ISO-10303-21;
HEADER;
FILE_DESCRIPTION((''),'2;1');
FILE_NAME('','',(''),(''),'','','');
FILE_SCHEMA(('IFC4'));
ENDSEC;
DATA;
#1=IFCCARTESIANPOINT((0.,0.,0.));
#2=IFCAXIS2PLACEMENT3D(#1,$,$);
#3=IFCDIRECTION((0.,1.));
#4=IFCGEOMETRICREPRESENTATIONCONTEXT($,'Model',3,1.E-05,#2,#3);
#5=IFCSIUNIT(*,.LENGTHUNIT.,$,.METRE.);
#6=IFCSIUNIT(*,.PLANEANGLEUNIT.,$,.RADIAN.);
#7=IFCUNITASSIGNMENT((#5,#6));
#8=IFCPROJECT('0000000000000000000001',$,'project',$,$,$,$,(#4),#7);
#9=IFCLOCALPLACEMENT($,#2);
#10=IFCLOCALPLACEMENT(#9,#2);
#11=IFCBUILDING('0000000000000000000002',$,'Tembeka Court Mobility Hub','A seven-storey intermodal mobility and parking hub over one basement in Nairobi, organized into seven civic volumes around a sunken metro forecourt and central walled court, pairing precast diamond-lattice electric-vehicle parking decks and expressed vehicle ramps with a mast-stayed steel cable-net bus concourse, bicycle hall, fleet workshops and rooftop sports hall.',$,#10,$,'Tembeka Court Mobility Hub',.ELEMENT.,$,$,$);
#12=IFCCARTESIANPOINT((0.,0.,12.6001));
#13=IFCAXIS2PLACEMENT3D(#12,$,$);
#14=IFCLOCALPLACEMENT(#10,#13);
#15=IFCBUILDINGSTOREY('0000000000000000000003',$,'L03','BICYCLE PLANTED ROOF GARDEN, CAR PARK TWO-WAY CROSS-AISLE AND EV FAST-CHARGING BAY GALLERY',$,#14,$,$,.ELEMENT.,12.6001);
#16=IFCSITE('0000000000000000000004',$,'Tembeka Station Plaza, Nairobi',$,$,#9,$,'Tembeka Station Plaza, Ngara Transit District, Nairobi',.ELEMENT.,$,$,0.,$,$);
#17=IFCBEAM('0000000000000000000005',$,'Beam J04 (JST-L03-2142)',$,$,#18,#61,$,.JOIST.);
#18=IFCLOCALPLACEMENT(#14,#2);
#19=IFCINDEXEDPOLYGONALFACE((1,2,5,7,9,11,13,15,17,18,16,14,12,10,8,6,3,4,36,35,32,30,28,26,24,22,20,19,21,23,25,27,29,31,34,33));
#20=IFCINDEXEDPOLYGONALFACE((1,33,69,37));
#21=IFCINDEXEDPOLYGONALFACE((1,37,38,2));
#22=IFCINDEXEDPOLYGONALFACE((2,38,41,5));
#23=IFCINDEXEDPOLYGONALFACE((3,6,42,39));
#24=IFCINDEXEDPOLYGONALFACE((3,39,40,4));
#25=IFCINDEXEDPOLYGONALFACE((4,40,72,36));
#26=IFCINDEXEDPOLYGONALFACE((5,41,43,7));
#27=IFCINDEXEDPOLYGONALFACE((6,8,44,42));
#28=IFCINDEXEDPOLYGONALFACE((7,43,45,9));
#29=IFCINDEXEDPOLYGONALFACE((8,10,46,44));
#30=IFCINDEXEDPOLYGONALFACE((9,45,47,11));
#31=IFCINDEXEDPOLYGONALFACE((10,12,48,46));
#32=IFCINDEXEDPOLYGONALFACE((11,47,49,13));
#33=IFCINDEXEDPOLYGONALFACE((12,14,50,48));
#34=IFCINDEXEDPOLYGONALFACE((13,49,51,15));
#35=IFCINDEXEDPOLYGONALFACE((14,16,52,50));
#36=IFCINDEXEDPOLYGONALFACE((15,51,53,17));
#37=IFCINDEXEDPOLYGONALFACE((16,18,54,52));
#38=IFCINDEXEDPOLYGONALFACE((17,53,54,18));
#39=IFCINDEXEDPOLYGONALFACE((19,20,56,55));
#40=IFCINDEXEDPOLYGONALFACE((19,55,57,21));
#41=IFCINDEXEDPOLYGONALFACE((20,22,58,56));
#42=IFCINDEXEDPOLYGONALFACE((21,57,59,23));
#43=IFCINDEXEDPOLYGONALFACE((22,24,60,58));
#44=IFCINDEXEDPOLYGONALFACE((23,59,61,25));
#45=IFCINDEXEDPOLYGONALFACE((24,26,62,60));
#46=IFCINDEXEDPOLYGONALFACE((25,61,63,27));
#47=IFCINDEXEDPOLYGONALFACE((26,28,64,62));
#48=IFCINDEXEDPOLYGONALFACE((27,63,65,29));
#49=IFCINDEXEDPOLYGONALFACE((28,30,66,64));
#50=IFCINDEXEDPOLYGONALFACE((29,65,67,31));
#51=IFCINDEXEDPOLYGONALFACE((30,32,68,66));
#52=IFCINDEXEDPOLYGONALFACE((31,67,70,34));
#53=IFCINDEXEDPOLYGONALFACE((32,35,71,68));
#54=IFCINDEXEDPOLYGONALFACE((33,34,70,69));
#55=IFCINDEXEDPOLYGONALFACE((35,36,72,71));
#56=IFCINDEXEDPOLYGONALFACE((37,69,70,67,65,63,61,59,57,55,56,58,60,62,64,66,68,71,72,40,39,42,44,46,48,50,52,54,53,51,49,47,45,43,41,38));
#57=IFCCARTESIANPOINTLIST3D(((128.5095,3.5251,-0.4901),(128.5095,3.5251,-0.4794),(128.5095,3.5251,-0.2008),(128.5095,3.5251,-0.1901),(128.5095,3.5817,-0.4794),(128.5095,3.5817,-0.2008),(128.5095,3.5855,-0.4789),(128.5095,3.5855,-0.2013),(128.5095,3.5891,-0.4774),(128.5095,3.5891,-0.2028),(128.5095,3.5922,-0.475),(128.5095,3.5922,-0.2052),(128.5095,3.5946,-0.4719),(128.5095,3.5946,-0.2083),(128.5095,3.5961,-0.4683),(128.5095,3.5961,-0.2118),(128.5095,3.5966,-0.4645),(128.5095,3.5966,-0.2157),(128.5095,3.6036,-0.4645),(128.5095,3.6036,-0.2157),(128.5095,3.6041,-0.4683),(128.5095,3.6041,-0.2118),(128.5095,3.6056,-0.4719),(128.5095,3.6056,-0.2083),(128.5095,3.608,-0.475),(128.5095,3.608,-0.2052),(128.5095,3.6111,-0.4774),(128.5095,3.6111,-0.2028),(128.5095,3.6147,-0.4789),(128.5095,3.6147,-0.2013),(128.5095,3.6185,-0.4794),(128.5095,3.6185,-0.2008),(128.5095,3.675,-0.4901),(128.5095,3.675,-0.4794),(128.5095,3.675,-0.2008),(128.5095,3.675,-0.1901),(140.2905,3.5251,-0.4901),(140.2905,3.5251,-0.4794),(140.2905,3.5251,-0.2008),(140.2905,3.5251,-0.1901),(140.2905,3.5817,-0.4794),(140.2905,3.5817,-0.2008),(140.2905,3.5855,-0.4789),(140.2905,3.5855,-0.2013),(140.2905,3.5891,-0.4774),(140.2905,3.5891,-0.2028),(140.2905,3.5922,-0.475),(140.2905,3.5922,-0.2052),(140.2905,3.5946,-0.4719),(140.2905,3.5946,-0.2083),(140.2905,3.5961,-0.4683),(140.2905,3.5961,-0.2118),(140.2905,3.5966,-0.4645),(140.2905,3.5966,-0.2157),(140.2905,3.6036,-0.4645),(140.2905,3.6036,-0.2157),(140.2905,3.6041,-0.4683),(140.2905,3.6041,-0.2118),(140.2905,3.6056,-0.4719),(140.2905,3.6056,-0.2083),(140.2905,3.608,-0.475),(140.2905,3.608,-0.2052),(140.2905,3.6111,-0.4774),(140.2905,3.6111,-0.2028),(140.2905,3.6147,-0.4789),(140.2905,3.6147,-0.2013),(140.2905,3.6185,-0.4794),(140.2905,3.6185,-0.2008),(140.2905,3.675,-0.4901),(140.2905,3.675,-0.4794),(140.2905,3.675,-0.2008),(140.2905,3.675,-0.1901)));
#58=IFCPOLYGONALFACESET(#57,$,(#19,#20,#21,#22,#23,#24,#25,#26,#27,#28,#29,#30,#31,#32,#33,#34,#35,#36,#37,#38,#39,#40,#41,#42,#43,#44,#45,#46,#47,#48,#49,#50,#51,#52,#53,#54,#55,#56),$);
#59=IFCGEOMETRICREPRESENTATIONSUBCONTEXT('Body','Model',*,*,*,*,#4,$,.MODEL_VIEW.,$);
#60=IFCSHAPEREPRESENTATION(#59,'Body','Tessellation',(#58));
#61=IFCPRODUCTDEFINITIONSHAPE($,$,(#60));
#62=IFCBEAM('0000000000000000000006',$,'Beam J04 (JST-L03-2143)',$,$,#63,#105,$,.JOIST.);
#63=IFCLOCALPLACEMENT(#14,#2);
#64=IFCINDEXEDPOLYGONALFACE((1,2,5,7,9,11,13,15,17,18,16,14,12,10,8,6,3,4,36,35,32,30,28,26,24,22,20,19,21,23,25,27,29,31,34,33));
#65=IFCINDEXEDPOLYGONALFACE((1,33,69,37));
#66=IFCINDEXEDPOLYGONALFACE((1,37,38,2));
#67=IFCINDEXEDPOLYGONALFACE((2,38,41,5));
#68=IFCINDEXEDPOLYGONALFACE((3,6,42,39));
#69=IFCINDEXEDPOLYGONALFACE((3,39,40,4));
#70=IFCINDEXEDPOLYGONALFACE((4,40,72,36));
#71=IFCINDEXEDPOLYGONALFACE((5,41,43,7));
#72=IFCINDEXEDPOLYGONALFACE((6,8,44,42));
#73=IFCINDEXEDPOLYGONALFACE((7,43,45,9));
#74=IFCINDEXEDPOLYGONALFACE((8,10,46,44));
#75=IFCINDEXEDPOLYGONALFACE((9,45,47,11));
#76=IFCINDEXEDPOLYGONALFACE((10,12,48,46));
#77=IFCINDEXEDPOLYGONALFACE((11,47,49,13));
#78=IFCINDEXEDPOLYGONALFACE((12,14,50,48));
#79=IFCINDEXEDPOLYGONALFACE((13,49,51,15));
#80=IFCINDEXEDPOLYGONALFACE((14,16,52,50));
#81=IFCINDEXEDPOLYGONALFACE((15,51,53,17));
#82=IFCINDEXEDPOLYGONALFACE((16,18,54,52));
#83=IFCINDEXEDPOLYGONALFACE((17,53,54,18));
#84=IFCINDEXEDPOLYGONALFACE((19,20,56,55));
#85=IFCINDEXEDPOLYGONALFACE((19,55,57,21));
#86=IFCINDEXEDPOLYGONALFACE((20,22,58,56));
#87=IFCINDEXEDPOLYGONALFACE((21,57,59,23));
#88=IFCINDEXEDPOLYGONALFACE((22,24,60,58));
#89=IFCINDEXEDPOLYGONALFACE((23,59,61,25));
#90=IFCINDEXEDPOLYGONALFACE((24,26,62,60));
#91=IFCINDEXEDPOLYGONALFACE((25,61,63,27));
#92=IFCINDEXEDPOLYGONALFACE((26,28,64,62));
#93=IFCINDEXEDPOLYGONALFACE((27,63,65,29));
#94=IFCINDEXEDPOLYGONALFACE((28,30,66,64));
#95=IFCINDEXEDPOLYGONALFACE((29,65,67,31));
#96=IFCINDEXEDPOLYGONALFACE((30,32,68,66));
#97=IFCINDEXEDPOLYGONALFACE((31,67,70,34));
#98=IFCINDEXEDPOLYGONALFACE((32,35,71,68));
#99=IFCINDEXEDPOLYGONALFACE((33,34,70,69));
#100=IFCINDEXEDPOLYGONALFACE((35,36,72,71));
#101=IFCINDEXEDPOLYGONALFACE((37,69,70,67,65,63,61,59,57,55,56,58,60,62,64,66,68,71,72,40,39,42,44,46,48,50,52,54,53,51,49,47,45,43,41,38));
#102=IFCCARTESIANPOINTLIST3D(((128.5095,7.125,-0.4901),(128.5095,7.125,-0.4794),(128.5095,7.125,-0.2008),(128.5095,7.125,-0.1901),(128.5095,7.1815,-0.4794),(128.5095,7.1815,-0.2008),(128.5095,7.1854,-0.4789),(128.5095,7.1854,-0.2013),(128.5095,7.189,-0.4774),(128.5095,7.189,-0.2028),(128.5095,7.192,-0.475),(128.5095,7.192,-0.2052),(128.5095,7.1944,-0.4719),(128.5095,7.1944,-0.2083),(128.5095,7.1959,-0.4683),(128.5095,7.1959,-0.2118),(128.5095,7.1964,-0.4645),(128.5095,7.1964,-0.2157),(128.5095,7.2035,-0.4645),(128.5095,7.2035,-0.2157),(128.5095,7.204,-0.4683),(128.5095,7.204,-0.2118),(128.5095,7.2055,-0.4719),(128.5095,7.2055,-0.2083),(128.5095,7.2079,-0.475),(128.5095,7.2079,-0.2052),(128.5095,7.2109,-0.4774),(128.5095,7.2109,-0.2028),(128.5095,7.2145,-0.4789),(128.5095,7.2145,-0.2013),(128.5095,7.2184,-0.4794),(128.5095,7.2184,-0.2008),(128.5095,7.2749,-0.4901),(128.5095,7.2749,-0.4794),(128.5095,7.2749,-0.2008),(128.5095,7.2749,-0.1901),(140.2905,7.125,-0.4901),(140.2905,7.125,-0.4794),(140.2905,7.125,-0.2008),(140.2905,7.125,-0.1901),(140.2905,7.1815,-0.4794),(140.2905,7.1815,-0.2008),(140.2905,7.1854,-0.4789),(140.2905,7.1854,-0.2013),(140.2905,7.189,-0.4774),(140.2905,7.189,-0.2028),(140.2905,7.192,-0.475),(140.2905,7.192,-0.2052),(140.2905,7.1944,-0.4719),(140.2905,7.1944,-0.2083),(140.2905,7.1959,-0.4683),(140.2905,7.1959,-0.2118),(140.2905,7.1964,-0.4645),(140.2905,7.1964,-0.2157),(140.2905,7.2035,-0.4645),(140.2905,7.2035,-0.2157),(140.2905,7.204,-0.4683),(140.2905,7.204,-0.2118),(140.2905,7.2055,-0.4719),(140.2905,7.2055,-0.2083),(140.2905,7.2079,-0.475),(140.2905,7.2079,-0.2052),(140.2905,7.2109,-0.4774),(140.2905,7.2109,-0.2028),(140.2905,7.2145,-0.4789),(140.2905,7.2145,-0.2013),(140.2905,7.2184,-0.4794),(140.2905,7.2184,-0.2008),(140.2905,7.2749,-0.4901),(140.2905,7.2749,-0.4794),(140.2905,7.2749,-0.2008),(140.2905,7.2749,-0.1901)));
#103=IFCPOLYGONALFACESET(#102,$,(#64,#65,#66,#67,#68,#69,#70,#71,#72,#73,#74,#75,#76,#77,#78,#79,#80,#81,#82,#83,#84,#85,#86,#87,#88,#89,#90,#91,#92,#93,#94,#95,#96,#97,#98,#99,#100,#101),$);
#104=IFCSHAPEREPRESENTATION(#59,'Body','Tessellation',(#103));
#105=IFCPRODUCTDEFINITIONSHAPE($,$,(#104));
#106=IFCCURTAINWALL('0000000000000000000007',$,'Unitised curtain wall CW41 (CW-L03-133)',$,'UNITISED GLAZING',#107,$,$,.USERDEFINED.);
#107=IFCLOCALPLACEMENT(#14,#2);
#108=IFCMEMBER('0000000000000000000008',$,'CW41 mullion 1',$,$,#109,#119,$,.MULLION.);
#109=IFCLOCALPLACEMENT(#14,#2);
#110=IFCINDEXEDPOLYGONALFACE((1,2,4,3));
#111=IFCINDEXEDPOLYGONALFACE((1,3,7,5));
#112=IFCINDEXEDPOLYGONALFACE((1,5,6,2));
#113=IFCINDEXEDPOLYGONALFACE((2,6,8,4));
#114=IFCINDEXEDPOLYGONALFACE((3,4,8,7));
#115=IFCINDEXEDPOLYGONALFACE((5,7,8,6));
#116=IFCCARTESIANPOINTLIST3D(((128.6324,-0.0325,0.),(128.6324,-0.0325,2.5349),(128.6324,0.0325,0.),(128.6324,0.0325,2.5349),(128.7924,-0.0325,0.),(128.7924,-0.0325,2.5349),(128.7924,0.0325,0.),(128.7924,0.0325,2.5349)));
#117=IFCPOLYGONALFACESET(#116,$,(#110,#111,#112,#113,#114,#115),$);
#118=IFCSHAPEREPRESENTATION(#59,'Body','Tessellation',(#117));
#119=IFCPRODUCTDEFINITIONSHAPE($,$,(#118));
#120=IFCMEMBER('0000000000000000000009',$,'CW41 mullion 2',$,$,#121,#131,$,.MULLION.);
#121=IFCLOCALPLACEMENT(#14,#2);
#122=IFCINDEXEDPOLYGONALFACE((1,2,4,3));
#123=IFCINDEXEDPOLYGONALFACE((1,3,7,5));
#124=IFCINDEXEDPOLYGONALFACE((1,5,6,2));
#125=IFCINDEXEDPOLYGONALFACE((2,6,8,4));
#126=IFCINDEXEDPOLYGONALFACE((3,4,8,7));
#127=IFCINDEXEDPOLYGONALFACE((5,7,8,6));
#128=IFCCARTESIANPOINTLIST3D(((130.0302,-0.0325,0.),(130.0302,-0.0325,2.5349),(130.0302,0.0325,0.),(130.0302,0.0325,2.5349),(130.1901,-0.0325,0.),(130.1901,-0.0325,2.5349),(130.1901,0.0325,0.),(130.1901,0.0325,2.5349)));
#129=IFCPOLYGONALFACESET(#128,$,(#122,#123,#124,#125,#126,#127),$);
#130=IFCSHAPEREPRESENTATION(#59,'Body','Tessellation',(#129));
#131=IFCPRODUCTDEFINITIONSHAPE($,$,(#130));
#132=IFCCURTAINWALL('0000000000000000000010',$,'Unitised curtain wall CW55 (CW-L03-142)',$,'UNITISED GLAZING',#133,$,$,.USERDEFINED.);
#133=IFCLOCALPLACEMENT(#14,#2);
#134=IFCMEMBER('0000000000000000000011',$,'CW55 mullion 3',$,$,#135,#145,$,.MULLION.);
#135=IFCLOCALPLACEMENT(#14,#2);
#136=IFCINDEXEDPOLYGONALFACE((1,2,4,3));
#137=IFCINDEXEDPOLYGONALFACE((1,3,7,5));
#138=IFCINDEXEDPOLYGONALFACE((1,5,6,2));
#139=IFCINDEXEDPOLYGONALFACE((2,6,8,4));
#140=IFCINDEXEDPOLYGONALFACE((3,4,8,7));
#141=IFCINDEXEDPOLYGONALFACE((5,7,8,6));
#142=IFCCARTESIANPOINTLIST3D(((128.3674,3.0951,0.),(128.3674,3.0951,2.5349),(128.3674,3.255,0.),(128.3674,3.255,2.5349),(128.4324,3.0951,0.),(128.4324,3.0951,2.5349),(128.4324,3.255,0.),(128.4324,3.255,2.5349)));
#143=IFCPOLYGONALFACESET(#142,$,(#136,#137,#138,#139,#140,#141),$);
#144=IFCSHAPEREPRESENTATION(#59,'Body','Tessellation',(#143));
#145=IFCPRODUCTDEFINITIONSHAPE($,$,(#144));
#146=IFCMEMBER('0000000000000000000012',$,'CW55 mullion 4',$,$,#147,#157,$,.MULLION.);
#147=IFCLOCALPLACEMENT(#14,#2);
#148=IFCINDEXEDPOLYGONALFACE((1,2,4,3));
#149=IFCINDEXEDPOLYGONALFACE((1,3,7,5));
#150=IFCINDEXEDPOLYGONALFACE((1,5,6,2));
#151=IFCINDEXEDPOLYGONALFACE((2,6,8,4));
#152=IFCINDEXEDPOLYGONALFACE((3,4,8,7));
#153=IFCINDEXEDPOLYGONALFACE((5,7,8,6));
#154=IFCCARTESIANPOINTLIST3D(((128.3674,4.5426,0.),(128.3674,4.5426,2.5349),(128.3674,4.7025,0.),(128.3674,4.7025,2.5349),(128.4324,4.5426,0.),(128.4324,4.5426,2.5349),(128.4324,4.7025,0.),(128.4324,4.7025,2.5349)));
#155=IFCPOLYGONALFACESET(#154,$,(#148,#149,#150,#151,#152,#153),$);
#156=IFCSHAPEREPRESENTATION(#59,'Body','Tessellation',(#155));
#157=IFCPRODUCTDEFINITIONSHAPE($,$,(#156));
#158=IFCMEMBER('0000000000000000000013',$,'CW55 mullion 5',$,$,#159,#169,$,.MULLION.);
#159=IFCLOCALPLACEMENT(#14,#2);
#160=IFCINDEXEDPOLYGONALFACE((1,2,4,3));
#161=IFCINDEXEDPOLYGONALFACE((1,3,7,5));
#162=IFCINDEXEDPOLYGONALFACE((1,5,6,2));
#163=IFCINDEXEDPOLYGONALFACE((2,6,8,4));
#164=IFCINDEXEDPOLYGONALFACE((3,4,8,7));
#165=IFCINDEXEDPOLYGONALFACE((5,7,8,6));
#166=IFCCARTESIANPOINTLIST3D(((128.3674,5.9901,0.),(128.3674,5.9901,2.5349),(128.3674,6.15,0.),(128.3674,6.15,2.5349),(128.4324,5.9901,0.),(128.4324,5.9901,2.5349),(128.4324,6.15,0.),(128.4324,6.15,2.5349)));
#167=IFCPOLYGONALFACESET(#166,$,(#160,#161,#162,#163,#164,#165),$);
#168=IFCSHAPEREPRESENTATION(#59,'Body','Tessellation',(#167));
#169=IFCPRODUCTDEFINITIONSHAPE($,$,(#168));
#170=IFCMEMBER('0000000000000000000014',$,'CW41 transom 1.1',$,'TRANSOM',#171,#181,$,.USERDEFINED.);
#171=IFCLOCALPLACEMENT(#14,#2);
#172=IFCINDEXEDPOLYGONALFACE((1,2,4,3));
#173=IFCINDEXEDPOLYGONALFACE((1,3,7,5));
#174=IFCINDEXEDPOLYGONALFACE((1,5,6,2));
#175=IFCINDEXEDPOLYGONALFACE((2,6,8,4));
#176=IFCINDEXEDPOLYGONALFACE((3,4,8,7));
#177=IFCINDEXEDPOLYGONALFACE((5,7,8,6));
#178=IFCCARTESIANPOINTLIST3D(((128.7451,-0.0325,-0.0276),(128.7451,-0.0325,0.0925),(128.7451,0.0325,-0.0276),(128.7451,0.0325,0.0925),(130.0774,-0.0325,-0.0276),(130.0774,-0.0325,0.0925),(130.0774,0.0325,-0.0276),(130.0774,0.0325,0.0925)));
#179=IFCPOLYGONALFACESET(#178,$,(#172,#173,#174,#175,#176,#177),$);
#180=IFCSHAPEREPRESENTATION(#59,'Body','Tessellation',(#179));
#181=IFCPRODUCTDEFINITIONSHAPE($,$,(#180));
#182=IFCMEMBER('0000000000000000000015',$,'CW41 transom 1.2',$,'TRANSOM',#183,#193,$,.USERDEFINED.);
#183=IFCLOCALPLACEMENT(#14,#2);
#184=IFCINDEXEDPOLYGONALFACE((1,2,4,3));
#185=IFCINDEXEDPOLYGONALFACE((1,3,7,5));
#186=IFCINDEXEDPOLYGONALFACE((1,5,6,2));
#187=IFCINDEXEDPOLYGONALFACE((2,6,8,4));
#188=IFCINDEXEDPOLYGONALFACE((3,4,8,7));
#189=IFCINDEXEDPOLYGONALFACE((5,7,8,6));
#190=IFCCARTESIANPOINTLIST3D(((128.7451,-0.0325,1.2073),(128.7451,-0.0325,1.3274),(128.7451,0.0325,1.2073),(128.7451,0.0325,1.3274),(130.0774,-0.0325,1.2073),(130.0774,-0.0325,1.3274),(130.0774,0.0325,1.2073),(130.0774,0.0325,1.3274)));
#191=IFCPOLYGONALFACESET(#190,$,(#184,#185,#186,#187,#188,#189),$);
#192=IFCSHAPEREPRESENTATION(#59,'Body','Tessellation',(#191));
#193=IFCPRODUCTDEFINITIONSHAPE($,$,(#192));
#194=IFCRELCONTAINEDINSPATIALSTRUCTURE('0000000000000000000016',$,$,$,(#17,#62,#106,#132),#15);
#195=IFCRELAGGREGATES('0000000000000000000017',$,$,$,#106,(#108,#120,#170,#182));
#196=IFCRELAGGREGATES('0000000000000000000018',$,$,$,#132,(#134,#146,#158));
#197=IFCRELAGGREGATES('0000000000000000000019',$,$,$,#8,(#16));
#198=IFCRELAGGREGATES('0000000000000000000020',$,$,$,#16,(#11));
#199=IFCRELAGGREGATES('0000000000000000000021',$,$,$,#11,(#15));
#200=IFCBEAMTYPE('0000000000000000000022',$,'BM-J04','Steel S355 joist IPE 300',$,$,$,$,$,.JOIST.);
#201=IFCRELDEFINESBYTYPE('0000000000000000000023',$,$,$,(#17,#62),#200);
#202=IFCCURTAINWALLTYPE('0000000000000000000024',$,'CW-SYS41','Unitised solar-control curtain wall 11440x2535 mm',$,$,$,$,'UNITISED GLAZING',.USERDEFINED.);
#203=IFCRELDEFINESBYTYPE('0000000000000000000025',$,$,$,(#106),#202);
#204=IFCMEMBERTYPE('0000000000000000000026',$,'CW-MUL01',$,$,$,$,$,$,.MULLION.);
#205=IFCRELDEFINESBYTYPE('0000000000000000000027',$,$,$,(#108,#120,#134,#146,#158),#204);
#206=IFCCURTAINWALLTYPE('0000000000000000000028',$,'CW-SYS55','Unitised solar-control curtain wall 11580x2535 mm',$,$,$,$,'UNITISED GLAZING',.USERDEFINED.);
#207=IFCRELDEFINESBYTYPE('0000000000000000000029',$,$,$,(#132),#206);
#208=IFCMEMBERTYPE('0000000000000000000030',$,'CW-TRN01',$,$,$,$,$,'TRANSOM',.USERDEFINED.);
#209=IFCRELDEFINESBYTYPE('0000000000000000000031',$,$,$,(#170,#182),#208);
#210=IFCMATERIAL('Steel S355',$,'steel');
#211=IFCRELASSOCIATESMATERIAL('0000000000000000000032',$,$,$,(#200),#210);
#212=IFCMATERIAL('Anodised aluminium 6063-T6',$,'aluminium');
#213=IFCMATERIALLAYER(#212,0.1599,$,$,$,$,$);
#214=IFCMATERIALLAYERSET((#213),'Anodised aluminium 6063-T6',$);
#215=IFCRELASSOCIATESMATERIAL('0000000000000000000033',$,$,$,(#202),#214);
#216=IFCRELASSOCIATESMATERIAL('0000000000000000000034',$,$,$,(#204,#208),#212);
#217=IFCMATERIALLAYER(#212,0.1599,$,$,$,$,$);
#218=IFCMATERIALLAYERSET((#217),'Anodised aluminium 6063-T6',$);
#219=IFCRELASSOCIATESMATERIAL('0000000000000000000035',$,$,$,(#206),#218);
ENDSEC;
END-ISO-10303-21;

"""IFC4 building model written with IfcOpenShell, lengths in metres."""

from ifc_helpers import new_model, si_unit, direction, frame, origin, origin_2d, place, context, subcontext, project, spatial, rectangle, i_section, extrude, material, layer, layer_set, material_profile, profile_set, type_object, element, aggregate, save


model = new_model("IFC4")

# Units and contexts
model_context = context("Model", 3, precision=1e-05, world=origin(), true_north=direction((0.0, 1.0)))
body_context = subcontext(model_context, "Body", "Model", "MODEL_VIEW")
ifc_project = project(units=[si_unit("LENGTHUNIT", "METRE"), si_unit("PLANEANGLEUNIT", "RADIAN")], contexts=[model_context])

# Site, building, storey
site_placement = place(None, origin())
site = spatial("IfcSite", under=ifc_project, at=site_placement, Name="Tembeka Station Plaza, Nairobi", LongName="Tembeka Station Plaza, Ngara Transit District, Nairobi", CompositionType="ELEMENT", RefElevation=0.0)
building_placement = place(site_placement, origin())
building = spatial("IfcBuilding", under=site, at=building_placement, Name="Tembeka Court Mobility Hub", Description="A seven-storey intermodal mobility and parking hub over one basement in Nairobi, organized into seven civic volumes around a sunken metro forecourt and central walled court, pairing precast diamond-lattice electric-vehicle parking decks and expressed vehicle ramps with a mast-stayed steel cable-net bus concourse, bicycle hall, fleet workshops and rooftop sports hall.", LongName="Tembeka Court Mobility Hub", CompositionType="ELEMENT")
storey_placement = place(building_placement, frame((0.0, 0.0, 12.6001)))
storey = spatial("IfcBuildingStorey", under=building, at=storey_placement, Name="L03", Description="BICYCLE PLANTED ROOF GARDEN, CAR PARK TWO-WAY CROSS-AISLE AND EV FAST-CHARGING BAY GALLERY", CompositionType="ELEMENT", Elevation=12.6001)

# Beams
ifc_material_1 = material(Name="Steel S355", Category="steel")
ifc_material_profile_1 = material_profile(ifc_material_1, i_section(OverallWidth=0.1499, OverallDepth=0.3, WebThickness=0.0071, FlangeThickness=0.0107, FilletRadius=0.0149, at=origin_2d()), Name="IPE 300")
ifc_profile_set_1 = profile_set([ifc_material_profile_1], Name="Steel S355")
beam_type = type_object("IfcBeamType", Name="BM-J04", Description="Steel S355 joist IPE 300", PredefinedType="JOIST", material=ifc_profile_set_1)
for number, where, z_axis, x_axis, name in (
    (1, (128.5095, 3.6001, -0.3401), (1.0, 0.0, 0.0), (0.0, 1.0, 0.0), "Beam J04 (JST-L03-2142)"),
    (2, (128.5095, 7.2, -0.3401), (1.0, 0.0, 0.0), (0.0, 1.0, 0.0), "Beam J04 (JST-L03-2143)"),
):
    element("IfcBeam", number, at=place(storey_placement, frame(where, z_axis=z_axis, x_axis=x_axis)), inside=storey, type_object=beam_type, Name=name, PredefinedType="JOIST", context=body_context, shape_type="SweptSolid", body=[
        extrude(i_section(OverallWidth=0.1499, OverallDepth=0.3, WebThickness=0.0071, FlangeThickness=0.0107, FilletRadius=0.0149, at=origin_2d()), origin(), (0.0, 0.0, 1.0), 11.781),
    ])

# Curtain walls, members
ifc_material_2 = material(Name="Anodised aluminium 6063-T6", Category="aluminium")
ifc_layer_1 = layer(ifc_material_2, 0.1599)
ifc_layer_set_1 = layer_set([ifc_layer_1], Name="Anodised aluminium 6063-T6")
curtain_wall_type_1 = type_object("IfcCurtainWallType", Name="CW-SYS41", Description="Unitised solar-control curtain wall 11440x2535 mm", ElementType="UNITISED GLAZING", PredefinedType="USERDEFINED", material=ifc_layer_set_1)
curtain_wall_1_placement = place(storey_placement, origin())
curtain_wall_1 = element("IfcCurtainWall", 3, at=curtain_wall_1_placement, inside=storey, type_object=curtain_wall_type_1, Name="Unitised curtain wall CW41 (CW-L03-133)", ObjectType="UNITISED GLAZING", PredefinedType="USERDEFINED")
ifc_material_profile_2 = material_profile(ifc_material_2, rectangle(XDim=0.0649, YDim=0.1599, at=origin_2d()), Name="ALU-MUL 65x160")
ifc_profile_set_2 = profile_set([ifc_material_profile_2], Name="Anodised aluminium 6063-T6")
member_type_1 = type_object("IfcMemberType", Name="CW-MUL01", PredefinedType="MULLION", material=ifc_profile_set_2)
member_1_placement = place(storey_placement, frame((128.7124, 0.0, 0.0), z_axis=(0.0, 0.0, 1.0), x_axis=(0.0, 1.0, 0.0)))
member_1 = element("IfcMember", 4, at=member_1_placement, type_object=member_type_1, Name="CW41 mullion 1", PredefinedType="MULLION", context=body_context, shape_type="SweptSolid", body=[
    extrude(rectangle(XDim=0.0649, YDim=0.1599, at=origin_2d()), origin(), (0.0, 0.0, 1.0), 2.5349),
])
member_2_placement = place(storey_placement, frame((130.1101, 0.0, 0.0), z_axis=(0.0, 0.0, 1.0), x_axis=(0.0, 1.0, 0.0)))
member_2 = element("IfcMember", 5, at=member_2_placement, type_object=member_type_1, Name="CW41 mullion 2", PredefinedType="MULLION", context=body_context, shape_type="SweptSolid", body=[
    extrude(rectangle(XDim=0.0649, YDim=0.1599, at=origin_2d()), origin(), (0.0, 0.0, 1.0), 2.5349),
])
ifc_layer_2 = layer(ifc_material_2, 0.1599)
ifc_layer_set_2 = layer_set([ifc_layer_2], Name="Anodised aluminium 6063-T6")
curtain_wall_type_2 = type_object("IfcCurtainWallType", Name="CW-SYS55", Description="Unitised solar-control curtain wall 11580x2535 mm", ElementType="UNITISED GLAZING", PredefinedType="USERDEFINED", material=ifc_layer_set_2)
curtain_wall_2_placement = place(storey_placement, origin())
curtain_wall_2 = element("IfcCurtainWall", 6, at=curtain_wall_2_placement, inside=storey, type_object=curtain_wall_type_2, Name="Unitised curtain wall CW55 (CW-L03-142)", ObjectType="UNITISED GLAZING", PredefinedType="USERDEFINED")
member_3_placement = place(storey_placement, frame((128.3999, 3.175, 0.0), z_axis=(0.0, 0.0, 1.0), x_axis=(-1.0, 0.0, 0.0)))
member_3 = element("IfcMember", 7, at=member_3_placement, type_object=member_type_1, Name="CW55 mullion 3", PredefinedType="MULLION", context=body_context, shape_type="SweptSolid", body=[
    extrude(rectangle(XDim=0.0649, YDim=0.1599, at=origin_2d()), origin(), (0.0, 0.0, 1.0), 2.5349),
])
member_4_placement = place(storey_placement, frame((128.3999, 4.6226, 0.0), z_axis=(0.0, 0.0, 1.0), x_axis=(-1.0, 0.0, 0.0)))
member_4 = element("IfcMember", 8, at=member_4_placement, type_object=member_type_1, Name="CW55 mullion 4", PredefinedType="MULLION", context=body_context, shape_type="SweptSolid", body=[
    extrude(rectangle(XDim=0.0649, YDim=0.1599, at=origin_2d()), origin(), (0.0, 0.0, 1.0), 2.5349),
])
member_5_placement = place(storey_placement, frame((128.3999, 6.0701, 0.0), z_axis=(0.0, 0.0, 1.0), x_axis=(-1.0, 0.0, 0.0)))
member_5 = element("IfcMember", 9, at=member_5_placement, type_object=member_type_1, Name="CW55 mullion 5", PredefinedType="MULLION", context=body_context, shape_type="SweptSolid", body=[
    extrude(rectangle(XDim=0.0649, YDim=0.1599, at=origin_2d()), origin(), (0.0, 0.0, 1.0), 2.5349),
])

# Members
ifc_material_profile_3 = material_profile(ifc_material_2, rectangle(XDim=0.0649, YDim=0.1201, at=origin_2d()), Name="ALU-TRN 65x120")
ifc_profile_set_3 = profile_set([ifc_material_profile_3], Name="Anodised aluminium 6063-T6")
member_type_2 = type_object("IfcMemberType", Name="CW-TRN01", ElementType="TRANSOM", PredefinedType="USERDEFINED", material=ifc_profile_set_3)
member_6_placement = place(storey_placement, frame((128.7451, 0.0, 0.0325), z_axis=(1.0, 0.0, 0.0), x_axis=(0.0, 1.0, 0.0)))
member_6 = element("IfcMember", 10, at=member_6_placement, type_object=member_type_2, Name="CW41 transom 1.1", ObjectType="TRANSOM", PredefinedType="USERDEFINED", context=body_context, shape_type="SweptSolid", body=[
    extrude(rectangle(XDim=0.0649, YDim=0.1201, at=origin_2d()), origin(), (0.0, 0.0, 1.0), 1.3323),
])
member_7_placement = place(storey_placement, frame((128.7451, 0.0, 1.2673), z_axis=(1.0, 0.0, 0.0), x_axis=(0.0, 1.0, 0.0)))
member_7 = element("IfcMember", 11, at=member_7_placement, type_object=member_type_2, Name="CW41 transom 1.2", ObjectType="TRANSOM", PredefinedType="USERDEFINED", context=body_context, shape_type="SweptSolid", body=[
    extrude(rectangle(XDim=0.0649, YDim=0.1201, at=origin_2d()), origin(), (0.0, 0.0, 1.0), 1.3323),
])

aggregate(curtain_wall_1, [member_1, member_2, member_6, member_7])
aggregate(curtain_wall_2, [member_3, member_4, member_5])

save(model, "model.ifc")
